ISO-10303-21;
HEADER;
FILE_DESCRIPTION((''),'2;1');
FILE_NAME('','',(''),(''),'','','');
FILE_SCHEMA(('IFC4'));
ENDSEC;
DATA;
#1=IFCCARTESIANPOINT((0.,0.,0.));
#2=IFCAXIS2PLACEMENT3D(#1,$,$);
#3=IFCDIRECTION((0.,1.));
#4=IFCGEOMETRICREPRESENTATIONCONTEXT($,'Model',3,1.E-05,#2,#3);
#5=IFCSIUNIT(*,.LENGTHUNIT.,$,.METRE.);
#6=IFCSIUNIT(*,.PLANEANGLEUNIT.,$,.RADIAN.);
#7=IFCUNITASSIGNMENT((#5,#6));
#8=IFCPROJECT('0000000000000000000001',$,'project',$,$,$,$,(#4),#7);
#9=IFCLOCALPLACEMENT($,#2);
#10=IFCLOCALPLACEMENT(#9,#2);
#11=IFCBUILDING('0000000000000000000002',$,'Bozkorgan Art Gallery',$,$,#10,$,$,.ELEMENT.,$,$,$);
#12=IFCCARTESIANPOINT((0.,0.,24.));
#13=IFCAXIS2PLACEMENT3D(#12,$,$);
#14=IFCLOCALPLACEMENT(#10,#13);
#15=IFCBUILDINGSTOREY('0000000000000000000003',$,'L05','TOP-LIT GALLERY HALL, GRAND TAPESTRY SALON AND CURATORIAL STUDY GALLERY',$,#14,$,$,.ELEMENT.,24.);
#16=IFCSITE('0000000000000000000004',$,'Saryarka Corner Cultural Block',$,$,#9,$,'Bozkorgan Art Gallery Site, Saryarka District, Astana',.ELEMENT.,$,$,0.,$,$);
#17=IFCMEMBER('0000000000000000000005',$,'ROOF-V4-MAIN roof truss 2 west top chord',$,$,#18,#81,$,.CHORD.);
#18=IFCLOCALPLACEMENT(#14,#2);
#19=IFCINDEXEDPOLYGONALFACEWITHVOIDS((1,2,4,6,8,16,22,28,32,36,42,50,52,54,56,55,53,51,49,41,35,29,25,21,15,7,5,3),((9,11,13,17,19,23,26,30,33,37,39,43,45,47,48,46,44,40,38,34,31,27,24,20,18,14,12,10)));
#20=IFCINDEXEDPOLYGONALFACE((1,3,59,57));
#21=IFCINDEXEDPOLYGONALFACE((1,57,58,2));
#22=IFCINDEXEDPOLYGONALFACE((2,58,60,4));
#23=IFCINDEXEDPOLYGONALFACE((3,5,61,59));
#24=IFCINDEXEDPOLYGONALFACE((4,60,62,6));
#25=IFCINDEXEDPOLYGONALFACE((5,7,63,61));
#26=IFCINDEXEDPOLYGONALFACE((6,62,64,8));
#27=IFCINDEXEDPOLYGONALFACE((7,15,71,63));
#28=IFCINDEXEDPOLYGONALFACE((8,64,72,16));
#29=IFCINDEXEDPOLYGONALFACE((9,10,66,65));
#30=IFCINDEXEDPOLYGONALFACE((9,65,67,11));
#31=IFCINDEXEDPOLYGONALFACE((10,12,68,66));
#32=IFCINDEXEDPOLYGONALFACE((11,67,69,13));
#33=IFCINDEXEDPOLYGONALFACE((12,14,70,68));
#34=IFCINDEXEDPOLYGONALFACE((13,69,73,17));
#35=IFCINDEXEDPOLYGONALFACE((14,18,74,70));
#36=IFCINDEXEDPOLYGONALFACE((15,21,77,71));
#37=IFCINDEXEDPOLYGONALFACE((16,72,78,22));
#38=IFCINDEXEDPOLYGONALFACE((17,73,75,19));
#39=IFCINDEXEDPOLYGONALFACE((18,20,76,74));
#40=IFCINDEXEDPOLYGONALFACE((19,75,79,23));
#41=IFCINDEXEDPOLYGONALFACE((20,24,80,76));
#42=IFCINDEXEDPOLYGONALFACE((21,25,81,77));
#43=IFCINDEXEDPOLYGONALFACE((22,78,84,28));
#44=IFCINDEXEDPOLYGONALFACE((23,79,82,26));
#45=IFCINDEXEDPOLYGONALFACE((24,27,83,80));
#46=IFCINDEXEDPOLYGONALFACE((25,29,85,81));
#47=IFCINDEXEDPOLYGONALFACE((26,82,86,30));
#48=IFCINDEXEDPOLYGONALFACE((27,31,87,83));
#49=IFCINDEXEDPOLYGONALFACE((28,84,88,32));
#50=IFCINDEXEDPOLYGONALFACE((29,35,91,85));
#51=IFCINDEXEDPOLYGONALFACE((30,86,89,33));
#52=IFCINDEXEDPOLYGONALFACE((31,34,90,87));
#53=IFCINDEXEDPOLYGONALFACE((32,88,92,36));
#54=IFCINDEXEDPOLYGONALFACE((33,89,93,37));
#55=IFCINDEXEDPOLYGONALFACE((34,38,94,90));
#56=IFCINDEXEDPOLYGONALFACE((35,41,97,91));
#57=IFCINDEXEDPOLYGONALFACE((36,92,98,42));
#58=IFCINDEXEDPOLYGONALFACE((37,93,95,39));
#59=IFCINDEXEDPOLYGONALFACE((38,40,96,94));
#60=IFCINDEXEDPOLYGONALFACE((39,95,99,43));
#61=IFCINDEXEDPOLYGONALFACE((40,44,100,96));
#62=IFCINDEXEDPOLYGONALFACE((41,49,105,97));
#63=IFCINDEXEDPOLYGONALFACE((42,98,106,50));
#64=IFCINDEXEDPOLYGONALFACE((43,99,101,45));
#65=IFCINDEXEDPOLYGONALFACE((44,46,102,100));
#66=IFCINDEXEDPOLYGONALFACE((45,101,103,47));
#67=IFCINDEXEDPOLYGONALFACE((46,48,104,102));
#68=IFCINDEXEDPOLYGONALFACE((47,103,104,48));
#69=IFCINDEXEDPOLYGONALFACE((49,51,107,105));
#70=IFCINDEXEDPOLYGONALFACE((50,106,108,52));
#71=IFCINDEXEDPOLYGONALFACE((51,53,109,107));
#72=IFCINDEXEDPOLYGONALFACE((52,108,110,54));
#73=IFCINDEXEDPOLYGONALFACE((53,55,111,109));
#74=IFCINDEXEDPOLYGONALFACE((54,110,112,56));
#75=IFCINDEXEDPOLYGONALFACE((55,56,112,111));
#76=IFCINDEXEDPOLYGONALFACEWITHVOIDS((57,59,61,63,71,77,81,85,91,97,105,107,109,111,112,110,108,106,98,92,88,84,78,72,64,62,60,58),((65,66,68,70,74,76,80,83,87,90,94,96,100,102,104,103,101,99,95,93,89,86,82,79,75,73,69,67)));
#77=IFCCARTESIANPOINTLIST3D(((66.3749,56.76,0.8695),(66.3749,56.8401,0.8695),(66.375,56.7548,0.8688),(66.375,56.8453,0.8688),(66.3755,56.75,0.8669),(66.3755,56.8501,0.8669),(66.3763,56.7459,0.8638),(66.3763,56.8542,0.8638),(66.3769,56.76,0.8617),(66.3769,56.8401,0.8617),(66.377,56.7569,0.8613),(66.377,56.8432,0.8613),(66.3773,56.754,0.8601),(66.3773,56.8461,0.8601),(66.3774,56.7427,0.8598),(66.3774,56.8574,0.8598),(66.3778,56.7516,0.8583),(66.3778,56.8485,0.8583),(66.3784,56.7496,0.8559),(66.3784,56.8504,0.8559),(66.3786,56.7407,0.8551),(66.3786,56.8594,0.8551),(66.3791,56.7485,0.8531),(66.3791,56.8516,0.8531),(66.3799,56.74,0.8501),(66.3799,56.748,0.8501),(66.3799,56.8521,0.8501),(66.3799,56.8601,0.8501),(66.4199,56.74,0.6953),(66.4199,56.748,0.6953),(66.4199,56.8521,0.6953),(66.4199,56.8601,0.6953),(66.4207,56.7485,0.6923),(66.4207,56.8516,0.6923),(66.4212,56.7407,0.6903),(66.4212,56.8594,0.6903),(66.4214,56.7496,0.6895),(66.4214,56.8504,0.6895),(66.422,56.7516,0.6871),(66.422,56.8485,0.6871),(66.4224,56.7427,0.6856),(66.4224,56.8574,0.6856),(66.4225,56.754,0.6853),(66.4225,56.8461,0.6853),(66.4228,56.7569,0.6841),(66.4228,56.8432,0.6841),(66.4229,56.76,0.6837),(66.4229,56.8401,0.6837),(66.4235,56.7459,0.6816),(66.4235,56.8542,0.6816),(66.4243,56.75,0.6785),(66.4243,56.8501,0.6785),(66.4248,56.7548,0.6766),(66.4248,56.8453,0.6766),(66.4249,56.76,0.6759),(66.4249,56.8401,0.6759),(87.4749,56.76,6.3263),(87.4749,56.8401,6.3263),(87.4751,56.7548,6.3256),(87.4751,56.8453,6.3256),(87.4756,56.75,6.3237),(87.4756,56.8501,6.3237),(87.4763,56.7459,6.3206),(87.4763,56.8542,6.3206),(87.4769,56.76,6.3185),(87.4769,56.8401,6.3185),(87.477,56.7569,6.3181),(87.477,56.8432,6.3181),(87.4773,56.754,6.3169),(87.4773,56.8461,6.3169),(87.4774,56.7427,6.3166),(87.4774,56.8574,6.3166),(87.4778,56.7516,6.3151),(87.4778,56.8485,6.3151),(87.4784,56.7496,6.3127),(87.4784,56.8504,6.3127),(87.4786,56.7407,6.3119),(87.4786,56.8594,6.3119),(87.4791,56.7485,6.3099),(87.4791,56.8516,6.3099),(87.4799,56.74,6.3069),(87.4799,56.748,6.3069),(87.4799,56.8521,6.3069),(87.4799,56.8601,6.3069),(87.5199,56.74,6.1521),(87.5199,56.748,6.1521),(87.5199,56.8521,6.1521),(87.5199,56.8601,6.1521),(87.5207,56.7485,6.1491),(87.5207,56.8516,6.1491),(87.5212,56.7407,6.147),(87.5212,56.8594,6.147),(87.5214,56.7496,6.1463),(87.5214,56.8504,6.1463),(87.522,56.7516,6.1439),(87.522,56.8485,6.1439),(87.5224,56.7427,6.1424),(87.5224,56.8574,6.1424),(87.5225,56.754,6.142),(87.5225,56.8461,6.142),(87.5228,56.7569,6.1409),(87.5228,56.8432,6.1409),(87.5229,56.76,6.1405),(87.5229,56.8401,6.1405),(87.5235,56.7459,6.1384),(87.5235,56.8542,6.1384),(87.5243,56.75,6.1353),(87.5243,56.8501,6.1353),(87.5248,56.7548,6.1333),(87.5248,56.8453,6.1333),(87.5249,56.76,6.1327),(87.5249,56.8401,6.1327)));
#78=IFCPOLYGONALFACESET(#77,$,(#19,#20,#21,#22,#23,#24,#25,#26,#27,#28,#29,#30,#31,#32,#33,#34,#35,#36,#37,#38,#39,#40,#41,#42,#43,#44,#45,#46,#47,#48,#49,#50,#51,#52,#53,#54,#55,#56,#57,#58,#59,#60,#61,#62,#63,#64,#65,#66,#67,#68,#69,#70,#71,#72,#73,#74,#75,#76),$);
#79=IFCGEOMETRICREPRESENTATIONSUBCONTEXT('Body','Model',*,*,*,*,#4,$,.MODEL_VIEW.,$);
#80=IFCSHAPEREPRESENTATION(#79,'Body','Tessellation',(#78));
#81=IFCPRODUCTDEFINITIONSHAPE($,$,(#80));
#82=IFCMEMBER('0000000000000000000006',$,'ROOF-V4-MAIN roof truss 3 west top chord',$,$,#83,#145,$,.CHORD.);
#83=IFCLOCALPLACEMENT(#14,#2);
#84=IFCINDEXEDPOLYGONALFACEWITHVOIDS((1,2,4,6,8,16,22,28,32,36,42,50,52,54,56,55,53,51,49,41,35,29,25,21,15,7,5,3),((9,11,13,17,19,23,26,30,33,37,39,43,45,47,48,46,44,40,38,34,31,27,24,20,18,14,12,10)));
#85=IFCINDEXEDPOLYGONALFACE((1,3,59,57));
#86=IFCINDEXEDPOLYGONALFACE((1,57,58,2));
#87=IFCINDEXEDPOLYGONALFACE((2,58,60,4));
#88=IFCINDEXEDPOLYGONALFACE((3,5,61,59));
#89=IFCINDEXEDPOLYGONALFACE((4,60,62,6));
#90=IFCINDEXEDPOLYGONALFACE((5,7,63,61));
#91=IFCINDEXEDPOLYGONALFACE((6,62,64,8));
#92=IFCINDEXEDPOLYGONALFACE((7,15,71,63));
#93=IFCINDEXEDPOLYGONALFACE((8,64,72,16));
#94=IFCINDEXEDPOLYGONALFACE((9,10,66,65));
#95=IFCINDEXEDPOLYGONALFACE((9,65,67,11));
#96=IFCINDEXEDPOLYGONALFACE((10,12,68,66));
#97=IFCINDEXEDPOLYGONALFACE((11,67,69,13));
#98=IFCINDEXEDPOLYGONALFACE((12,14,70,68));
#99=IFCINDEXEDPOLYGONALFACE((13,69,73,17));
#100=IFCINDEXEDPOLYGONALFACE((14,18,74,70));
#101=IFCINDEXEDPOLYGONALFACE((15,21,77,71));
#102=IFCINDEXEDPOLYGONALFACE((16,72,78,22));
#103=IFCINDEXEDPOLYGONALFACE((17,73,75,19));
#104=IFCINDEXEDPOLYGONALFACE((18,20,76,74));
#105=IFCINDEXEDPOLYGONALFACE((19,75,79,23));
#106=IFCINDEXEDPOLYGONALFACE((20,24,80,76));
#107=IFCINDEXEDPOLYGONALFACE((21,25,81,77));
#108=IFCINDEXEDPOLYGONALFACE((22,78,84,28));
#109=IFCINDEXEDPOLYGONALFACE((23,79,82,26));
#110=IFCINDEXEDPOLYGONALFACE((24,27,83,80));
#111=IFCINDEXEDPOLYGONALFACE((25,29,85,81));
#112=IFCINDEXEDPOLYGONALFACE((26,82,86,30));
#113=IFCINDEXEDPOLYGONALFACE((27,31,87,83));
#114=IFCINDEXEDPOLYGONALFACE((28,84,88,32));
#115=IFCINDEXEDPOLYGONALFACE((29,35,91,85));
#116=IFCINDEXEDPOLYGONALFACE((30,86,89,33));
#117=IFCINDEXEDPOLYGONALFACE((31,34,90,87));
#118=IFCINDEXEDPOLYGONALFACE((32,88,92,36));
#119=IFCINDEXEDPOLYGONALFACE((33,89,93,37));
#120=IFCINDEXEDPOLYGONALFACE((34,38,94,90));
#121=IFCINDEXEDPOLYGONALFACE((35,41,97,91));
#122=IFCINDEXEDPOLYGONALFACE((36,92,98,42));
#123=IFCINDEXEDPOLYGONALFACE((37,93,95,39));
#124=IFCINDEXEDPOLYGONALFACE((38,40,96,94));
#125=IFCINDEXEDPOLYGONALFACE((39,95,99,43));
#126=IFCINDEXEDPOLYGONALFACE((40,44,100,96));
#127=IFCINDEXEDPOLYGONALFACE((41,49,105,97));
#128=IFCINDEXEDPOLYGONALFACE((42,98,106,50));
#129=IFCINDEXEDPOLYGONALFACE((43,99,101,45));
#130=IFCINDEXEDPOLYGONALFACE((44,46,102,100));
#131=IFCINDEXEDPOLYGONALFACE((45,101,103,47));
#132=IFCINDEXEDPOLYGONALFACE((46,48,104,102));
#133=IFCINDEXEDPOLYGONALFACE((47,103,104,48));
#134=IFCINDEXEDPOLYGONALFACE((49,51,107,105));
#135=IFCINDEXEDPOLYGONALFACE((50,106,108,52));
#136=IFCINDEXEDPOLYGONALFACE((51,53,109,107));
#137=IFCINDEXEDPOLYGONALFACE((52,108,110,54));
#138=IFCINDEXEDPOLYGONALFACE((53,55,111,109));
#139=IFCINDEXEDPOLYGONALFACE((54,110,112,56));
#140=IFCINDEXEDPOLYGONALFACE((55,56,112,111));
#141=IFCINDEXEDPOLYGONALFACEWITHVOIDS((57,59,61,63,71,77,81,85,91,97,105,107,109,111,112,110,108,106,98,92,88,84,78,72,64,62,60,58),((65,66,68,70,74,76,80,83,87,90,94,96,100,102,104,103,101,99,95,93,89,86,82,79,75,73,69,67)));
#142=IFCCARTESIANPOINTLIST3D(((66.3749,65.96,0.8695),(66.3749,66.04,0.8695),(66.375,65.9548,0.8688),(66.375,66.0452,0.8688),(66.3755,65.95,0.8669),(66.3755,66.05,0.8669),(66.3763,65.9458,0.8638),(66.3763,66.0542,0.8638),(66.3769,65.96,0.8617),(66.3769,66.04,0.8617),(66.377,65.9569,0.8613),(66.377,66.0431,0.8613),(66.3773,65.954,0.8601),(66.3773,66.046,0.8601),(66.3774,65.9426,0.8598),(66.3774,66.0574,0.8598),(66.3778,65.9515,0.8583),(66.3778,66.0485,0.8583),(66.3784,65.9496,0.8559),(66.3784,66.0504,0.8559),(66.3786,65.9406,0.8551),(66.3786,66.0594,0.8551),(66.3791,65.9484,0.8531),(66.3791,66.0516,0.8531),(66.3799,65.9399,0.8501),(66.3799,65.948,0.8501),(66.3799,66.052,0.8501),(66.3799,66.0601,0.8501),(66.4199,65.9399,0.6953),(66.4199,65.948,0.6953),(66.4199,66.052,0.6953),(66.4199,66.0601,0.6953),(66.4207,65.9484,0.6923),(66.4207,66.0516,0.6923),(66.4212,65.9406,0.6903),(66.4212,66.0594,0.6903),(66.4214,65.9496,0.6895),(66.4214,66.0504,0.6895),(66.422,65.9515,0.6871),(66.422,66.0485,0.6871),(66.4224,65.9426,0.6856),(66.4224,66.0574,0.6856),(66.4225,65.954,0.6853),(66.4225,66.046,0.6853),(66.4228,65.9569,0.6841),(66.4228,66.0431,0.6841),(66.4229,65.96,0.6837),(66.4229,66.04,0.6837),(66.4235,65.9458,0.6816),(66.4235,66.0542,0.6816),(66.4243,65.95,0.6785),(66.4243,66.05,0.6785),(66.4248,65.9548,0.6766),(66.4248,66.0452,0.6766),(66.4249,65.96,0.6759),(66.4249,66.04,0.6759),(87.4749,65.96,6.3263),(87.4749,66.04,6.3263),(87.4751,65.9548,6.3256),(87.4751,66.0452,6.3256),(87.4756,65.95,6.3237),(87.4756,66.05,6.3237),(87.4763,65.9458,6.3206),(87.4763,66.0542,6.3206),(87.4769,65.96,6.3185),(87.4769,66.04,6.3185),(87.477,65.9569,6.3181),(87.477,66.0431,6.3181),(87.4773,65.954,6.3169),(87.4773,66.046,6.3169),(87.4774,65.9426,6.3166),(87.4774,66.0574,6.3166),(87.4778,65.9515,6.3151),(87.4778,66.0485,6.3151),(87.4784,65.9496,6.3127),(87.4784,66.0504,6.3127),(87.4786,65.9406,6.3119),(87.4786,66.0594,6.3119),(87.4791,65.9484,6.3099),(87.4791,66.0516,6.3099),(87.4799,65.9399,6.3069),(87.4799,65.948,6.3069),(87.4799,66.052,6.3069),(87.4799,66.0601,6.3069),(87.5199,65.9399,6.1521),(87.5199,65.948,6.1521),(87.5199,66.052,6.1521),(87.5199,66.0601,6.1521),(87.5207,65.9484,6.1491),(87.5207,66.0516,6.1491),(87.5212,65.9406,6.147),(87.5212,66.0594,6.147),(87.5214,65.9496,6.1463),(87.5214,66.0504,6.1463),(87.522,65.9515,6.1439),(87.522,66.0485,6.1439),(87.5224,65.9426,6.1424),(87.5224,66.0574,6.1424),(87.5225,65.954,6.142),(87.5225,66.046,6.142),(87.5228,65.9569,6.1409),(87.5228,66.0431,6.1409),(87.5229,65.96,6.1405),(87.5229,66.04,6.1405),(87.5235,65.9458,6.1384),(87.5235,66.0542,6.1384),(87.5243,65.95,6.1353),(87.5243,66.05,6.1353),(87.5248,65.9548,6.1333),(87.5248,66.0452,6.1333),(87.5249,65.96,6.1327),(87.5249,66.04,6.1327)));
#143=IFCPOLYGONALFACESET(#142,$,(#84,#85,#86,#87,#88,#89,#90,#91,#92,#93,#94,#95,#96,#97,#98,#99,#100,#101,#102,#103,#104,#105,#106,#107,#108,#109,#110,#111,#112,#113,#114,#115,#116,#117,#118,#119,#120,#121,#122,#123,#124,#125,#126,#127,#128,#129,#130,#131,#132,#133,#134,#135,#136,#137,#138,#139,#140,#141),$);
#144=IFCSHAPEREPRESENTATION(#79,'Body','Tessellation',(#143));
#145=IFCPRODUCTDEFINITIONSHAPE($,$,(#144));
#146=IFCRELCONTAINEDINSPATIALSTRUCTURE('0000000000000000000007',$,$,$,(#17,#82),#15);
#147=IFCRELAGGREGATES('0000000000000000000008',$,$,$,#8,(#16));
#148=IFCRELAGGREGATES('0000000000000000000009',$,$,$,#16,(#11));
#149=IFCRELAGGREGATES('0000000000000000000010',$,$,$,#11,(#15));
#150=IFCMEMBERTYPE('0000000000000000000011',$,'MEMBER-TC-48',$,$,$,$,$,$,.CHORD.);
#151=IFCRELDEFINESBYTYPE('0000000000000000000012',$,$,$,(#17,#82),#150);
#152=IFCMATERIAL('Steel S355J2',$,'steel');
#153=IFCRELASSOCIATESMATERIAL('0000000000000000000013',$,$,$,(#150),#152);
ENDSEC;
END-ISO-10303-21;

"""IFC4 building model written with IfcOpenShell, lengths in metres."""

from ifc_helpers import new_model, si_unit, direction, frame, origin, origin_2d, place, context, subcontext, project, spatial, hollow_rectangle, extrude, material, material_profile, profile_set, type_object, element, save


model = new_model("IFC4")

# Units and contexts
model_context = context("Model", 3, precision=1e-05, world=origin(), true_north=direction((0.0, 1.0)))
body_context = subcontext(model_context, "Body", "Model", "MODEL_VIEW")
ifc_project = project(units=[si_unit("LENGTHUNIT", "METRE"), si_unit("PLANEANGLEUNIT", "RADIAN")], contexts=[model_context])

# Site, building, storey
site_placement = place(None, origin())
site = spatial("IfcSite", under=ifc_project, at=site_placement, Name="Saryarka Corner Cultural Block", LongName="Bozkorgan Art Gallery Site, Saryarka District, Astana", CompositionType="ELEMENT", RefElevation=0.0)
building_placement = place(site_placement, origin())
building = spatial("IfcBuilding", under=site, at=building_placement, Name="Bozkorgan Art Gallery", CompositionType="ELEMENT")
storey_placement = place(building_placement, frame((0.0, 0.0, 24.0)))
storey = spatial("IfcBuildingStorey", under=building, at=storey_placement, Name="L05", Description="TOP-LIT GALLERY HALL, GRAND TAPESTRY SALON AND CURATORIAL STUDY GALLERY", CompositionType="ELEMENT", Elevation=24.0)

# Shared definitions
ifc_material_1 = material(Name="Steel S355J2", Category="steel")

# Members
ifc_material_profile_1 = material_profile(ifc_material_1, hollow_rectangle(XDim=0.1201, YDim=0.2, WallThickness=0.0081, InnerFilletRadius=0.012, OuterFilletRadius=0.02, at=origin_2d()), Name="RHS 200x120x8")
ifc_profile_set_1 = profile_set([ifc_material_profile_1], Name="Steel S355J2")
member_type_1 = type_object("IfcMemberType", Name="MEMBER-TC-48", PredefinedType="CHORD", material=ifc_profile_set_1)
for number, where, z_axis, x_axis, name in (
    (1, (66.3999, 56.8, 0.7727), (0.968148, 0.0, 0.250377), (0.0, 1.0, 0.0), "ROOF-V4-MAIN roof truss 2 west top chord"),
    (2, (66.3999, 66.0, 0.7727), (0.968148, 0.0, 0.250377), (0.0, 1.0, 0.0), "ROOF-V4-MAIN roof truss 3 west top chord"),
):
    element("IfcMember", number, at=place(storey_placement, frame(where, z_axis=z_axis, x_axis=x_axis)), inside=storey, type_object=member_type_1, Name=name, PredefinedType="CHORD", context=body_context, shape_type="SweptSolid", body=[
        extrude(hollow_rectangle(XDim=0.1201, YDim=0.2, WallThickness=0.0081, InnerFilletRadius=0.012, OuterFilletRadius=0.02, at=origin_2d()), origin(), (0.0, 0.0, 1.0), 21.7942),
    ])

save(model, "model.ifc")
